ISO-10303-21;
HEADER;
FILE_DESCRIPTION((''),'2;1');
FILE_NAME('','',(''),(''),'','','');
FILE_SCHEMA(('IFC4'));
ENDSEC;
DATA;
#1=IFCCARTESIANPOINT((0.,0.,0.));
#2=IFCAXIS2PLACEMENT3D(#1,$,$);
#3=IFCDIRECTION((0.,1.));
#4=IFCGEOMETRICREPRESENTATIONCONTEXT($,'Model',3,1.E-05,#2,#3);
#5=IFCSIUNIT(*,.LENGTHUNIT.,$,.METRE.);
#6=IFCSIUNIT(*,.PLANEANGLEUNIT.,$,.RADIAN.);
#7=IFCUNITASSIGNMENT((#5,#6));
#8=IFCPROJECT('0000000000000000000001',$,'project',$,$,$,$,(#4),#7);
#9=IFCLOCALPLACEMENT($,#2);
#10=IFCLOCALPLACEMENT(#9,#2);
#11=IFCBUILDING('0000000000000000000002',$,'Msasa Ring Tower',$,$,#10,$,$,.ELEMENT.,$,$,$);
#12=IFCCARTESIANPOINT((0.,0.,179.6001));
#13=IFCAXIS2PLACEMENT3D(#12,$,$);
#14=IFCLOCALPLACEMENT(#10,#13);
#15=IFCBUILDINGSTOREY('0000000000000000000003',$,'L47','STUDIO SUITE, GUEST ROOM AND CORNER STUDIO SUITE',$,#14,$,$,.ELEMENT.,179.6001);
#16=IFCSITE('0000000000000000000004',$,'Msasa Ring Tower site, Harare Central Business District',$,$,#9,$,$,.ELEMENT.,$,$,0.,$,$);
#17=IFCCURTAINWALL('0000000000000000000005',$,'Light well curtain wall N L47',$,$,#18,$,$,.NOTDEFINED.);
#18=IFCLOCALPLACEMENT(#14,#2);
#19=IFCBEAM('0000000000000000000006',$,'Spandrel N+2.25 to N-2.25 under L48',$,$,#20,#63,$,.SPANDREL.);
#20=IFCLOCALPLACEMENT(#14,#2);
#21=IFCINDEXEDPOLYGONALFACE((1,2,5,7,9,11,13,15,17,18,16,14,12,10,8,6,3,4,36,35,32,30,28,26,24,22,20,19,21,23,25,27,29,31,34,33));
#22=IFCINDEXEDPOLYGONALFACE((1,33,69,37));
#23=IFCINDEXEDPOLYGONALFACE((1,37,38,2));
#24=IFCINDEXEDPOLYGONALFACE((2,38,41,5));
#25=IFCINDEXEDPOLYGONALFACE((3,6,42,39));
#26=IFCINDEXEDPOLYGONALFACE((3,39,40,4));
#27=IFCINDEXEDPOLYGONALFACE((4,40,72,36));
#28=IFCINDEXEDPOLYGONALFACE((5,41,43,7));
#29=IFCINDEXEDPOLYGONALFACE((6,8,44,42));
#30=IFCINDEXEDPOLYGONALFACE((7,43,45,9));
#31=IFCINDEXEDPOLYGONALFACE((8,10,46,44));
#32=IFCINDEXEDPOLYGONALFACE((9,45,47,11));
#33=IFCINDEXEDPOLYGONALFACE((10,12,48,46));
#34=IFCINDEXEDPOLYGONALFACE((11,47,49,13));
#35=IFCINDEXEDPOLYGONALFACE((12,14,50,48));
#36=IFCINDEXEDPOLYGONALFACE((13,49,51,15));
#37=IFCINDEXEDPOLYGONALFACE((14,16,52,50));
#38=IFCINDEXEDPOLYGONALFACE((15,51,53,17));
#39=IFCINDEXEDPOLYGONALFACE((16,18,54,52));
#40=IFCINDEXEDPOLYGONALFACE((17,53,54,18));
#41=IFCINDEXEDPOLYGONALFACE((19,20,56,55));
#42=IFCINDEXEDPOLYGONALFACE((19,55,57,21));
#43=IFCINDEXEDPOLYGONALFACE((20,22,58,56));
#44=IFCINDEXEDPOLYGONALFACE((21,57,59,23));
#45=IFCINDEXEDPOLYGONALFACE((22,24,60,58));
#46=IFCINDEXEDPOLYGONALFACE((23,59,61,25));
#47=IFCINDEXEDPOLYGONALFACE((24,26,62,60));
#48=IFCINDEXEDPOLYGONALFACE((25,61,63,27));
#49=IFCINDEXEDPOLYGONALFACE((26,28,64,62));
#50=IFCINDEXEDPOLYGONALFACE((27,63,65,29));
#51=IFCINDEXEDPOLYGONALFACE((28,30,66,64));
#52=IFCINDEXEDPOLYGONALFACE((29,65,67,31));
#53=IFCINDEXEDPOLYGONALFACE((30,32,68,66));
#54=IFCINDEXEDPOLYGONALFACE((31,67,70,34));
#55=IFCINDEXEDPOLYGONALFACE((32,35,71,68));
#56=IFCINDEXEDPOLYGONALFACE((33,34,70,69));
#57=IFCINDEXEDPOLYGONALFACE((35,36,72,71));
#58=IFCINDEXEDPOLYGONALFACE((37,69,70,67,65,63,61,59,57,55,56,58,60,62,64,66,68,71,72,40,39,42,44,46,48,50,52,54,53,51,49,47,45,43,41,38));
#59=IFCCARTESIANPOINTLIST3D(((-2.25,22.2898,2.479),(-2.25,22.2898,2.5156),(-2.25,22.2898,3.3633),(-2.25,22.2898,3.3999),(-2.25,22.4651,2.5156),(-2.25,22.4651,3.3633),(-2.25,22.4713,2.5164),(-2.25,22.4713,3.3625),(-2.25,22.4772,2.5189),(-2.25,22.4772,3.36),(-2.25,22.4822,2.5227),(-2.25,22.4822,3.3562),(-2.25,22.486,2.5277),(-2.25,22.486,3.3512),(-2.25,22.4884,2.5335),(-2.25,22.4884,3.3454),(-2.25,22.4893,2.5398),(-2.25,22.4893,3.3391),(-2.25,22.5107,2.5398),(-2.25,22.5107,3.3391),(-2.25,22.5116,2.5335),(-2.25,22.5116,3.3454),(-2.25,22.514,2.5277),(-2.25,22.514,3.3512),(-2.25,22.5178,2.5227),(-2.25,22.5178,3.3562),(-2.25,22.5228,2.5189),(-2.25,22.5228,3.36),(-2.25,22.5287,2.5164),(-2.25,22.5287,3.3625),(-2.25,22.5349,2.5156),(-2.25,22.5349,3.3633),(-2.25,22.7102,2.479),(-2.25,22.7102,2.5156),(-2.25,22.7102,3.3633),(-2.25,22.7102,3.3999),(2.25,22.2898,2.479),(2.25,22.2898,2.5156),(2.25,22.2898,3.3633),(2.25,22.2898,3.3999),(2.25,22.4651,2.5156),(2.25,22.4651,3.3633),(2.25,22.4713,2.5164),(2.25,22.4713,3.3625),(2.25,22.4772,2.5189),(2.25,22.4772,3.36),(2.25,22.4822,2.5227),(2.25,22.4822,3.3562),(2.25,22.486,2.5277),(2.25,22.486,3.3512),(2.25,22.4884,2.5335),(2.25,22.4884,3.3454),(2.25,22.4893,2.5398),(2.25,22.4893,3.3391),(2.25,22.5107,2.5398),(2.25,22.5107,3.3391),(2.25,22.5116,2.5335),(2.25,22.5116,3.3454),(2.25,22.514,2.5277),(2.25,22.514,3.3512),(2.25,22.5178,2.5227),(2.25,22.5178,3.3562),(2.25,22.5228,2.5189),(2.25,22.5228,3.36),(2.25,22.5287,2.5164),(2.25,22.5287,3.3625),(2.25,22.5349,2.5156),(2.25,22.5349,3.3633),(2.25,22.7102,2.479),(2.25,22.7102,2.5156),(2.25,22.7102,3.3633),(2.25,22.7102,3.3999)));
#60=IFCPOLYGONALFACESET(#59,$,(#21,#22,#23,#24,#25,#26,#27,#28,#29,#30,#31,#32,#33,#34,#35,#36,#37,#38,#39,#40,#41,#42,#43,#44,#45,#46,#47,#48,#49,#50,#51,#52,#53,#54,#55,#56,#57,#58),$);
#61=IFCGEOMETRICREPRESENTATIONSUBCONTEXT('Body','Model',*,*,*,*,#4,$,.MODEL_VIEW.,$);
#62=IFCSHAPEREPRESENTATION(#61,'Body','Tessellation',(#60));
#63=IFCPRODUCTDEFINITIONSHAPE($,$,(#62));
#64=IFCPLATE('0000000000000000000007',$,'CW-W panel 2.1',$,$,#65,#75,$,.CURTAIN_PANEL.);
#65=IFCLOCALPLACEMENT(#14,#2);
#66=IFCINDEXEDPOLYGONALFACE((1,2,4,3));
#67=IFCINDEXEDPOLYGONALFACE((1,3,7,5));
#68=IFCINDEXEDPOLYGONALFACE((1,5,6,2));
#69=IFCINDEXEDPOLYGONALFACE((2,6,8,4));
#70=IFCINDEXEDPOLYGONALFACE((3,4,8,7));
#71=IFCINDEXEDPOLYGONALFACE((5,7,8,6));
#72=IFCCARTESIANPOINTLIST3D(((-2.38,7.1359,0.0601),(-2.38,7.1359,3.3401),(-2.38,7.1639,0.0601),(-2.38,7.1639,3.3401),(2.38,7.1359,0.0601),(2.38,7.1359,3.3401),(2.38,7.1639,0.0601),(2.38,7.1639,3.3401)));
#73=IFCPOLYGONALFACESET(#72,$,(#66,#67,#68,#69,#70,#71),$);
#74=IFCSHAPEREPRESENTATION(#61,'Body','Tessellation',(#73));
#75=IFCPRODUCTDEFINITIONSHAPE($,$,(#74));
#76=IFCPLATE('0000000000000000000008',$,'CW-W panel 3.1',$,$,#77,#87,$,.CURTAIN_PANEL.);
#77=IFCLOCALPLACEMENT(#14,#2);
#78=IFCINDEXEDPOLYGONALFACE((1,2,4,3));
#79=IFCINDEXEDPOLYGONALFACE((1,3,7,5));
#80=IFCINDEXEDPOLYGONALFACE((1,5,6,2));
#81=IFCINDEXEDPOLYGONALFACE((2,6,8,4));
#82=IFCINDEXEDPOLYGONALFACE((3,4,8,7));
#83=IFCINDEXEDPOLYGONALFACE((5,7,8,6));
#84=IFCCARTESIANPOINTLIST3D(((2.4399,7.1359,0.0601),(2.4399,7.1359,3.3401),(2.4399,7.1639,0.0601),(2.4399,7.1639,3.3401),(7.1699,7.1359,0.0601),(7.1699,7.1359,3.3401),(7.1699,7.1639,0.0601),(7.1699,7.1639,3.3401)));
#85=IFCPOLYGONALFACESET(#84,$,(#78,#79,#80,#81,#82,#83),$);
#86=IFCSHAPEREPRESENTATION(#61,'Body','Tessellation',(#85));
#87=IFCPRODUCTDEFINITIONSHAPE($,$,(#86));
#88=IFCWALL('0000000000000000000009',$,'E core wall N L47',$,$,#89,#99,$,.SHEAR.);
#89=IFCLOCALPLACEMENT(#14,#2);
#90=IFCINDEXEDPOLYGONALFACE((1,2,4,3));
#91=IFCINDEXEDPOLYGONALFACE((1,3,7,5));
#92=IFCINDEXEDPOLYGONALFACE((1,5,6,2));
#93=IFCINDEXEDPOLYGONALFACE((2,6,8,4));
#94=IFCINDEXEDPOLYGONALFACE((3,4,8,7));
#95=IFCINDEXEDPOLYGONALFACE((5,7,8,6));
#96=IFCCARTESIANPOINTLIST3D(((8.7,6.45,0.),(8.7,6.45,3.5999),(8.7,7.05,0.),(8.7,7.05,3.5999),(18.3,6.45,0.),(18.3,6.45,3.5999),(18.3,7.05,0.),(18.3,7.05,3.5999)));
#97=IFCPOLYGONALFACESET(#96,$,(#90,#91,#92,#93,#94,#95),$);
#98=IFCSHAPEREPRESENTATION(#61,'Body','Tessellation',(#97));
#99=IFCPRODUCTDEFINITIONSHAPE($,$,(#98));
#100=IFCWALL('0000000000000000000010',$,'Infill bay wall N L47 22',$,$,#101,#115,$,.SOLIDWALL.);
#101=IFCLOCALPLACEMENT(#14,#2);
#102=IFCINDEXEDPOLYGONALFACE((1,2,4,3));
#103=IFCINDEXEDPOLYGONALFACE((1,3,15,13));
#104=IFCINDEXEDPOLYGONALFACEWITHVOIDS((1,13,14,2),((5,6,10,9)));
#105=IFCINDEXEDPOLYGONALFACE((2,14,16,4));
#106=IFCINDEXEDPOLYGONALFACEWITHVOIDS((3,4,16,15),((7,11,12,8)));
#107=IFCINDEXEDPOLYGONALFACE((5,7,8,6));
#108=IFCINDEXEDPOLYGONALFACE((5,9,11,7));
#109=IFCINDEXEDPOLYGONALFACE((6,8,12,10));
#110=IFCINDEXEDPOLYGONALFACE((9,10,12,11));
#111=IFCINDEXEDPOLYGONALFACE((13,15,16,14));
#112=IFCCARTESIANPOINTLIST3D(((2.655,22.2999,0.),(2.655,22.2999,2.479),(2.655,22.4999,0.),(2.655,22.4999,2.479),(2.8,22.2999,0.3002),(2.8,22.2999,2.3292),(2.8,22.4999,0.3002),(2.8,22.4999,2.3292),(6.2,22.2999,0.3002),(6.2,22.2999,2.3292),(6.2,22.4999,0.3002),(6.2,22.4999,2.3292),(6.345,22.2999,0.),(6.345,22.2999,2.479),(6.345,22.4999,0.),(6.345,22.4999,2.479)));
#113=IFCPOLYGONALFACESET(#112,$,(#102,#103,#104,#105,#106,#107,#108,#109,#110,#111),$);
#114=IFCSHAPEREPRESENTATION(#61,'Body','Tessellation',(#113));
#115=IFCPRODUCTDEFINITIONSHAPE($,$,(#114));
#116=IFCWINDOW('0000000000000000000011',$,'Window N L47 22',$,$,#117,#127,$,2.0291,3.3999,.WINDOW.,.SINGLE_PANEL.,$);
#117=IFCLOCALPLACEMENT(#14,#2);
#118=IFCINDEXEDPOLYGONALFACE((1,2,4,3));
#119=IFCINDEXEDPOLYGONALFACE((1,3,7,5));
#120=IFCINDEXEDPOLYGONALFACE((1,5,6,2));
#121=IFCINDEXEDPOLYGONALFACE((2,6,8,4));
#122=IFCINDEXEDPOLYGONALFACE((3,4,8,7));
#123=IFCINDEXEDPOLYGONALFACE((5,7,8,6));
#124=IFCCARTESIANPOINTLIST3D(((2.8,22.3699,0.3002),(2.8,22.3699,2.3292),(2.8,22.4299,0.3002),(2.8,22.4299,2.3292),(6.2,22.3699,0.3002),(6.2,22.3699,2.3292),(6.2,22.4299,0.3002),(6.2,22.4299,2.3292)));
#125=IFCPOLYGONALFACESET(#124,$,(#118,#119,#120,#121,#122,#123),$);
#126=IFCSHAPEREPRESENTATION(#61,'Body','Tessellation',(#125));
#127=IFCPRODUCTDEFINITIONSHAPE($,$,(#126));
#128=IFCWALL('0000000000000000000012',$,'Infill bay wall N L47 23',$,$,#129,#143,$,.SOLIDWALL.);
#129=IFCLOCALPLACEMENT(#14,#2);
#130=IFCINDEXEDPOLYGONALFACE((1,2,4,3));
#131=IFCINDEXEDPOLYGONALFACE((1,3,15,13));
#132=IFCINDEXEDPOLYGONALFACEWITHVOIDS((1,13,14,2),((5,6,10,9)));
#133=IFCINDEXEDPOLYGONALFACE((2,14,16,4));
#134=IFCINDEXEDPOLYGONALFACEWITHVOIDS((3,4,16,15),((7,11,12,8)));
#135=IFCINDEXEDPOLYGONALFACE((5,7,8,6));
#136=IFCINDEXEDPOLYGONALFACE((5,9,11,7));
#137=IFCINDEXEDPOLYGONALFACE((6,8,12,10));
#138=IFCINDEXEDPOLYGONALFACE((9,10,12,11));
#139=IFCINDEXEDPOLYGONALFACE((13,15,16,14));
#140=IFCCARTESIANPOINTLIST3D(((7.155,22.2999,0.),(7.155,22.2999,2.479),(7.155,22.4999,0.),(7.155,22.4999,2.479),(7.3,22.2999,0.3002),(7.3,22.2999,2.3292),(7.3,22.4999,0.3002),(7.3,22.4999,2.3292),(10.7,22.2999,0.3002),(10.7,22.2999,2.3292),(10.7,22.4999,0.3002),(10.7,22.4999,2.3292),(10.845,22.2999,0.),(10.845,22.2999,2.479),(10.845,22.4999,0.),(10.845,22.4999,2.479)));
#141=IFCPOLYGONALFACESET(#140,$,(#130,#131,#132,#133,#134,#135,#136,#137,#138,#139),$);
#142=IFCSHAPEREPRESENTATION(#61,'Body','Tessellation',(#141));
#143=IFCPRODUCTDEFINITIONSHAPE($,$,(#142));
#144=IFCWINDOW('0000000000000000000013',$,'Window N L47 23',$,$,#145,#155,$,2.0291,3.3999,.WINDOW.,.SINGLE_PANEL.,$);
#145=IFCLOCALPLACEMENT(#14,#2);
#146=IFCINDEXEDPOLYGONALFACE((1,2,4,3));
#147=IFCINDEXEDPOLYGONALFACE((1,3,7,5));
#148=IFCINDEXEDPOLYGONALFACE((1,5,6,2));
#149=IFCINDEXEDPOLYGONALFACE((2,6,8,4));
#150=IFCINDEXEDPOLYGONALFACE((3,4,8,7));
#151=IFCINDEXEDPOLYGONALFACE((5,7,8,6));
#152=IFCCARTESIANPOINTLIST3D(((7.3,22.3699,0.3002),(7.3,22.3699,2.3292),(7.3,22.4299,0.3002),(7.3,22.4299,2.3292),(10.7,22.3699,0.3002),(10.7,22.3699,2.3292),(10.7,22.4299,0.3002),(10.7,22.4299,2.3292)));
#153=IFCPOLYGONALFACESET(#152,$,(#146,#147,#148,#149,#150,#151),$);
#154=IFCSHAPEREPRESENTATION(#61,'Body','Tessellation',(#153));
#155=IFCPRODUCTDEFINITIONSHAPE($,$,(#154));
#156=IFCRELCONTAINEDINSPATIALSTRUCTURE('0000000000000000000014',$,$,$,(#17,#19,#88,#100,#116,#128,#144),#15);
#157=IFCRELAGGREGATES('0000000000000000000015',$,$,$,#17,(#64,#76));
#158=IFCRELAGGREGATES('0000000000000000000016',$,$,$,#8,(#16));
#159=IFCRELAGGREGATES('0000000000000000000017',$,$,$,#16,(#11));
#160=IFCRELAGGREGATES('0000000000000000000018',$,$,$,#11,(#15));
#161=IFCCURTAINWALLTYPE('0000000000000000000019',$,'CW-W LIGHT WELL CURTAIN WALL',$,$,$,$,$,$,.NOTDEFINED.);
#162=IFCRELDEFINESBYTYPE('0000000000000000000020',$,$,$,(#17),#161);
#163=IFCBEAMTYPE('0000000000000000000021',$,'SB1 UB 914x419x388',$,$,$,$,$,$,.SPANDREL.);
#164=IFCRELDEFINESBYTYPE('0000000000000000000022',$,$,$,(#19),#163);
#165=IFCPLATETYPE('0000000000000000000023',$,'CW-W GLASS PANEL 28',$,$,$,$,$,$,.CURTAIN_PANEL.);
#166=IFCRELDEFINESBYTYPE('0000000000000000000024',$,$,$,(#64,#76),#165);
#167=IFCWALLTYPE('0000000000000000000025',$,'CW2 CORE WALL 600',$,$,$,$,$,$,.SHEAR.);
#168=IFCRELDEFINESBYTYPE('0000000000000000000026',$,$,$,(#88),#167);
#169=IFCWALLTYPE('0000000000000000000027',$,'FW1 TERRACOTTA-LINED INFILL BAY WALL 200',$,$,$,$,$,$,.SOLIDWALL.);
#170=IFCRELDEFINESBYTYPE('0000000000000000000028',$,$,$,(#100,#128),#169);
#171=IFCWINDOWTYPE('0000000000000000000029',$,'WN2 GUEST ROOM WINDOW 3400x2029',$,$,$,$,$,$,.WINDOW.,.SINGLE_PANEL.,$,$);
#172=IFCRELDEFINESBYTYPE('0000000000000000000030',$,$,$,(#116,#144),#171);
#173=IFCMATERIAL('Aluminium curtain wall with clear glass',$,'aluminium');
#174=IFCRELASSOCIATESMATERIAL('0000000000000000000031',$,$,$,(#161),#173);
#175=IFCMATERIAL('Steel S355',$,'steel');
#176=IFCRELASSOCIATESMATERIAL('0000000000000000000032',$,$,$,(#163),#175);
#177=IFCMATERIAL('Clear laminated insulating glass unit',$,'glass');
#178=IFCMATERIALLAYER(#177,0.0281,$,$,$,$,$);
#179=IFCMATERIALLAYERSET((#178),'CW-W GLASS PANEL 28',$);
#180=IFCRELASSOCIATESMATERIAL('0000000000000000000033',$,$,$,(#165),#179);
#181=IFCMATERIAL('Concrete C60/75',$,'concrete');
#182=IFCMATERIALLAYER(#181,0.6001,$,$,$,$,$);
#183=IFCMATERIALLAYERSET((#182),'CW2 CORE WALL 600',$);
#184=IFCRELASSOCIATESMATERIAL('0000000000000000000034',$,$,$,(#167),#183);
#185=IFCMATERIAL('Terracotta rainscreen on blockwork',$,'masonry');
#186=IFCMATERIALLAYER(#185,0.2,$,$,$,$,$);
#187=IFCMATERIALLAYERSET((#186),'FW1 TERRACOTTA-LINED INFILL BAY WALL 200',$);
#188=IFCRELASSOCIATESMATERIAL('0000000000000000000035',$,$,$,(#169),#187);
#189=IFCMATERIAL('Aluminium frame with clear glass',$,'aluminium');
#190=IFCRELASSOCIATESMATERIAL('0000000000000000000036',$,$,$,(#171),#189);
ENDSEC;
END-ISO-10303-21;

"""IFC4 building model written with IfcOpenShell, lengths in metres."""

from ifc_helpers import new_model, si_unit, direction, frame, frame_2d, origin, origin_2d, place, context, subcontext, project, spatial, rectangle, i_section, extrude, material, layer, layer_set, material_profile, profile_set, type_object, element, fill, aggregate, save


model = new_model("IFC4")

# Units and contexts
model_context = context("Model", 3, precision=1e-05, world=origin(), true_north=direction((0.0, 1.0)))
body_context = subcontext(model_context, "Body", "Model", "MODEL_VIEW")
ifc_project = project(units=[si_unit("LENGTHUNIT", "METRE"), si_unit("PLANEANGLEUNIT", "RADIAN")], contexts=[model_context])

# Site, building, storey
site_placement = place(None, origin())
site = spatial("IfcSite", under=ifc_project, at=site_placement, Name="Msasa Ring Tower site, Harare Central Business District", CompositionType="ELEMENT", RefElevation=0.0)
building_placement = place(site_placement, origin())
building = spatial("IfcBuilding", under=site, at=building_placement, Name="Msasa Ring Tower", CompositionType="ELEMENT")
storey_placement = place(building_placement, frame((0.0, 0.0, 179.6001)))
storey = spatial("IfcBuildingStorey", under=building, at=storey_placement, Name="L47", Description="STUDIO SUITE, GUEST ROOM AND CORNER STUDIO SUITE", CompositionType="ELEMENT", Elevation=179.6001)

# Curtain wall
ifc_material_1 = material(Name="Aluminium curtain wall with clear glass", Category="aluminium")
curtain_wall_type = type_object("IfcCurtainWallType", Name="CW-W LIGHT WELL CURTAIN WALL", PredefinedType="NOTDEFINED", material=ifc_material_1)
curtain_wall_1_placement = place(storey_placement, origin())
curtain_wall_1 = element("IfcCurtainWall", 1, at=curtain_wall_1_placement, inside=storey, type_object=curtain_wall_type, Name="Light well curtain wall N L47", PredefinedType="NOTDEFINED")

# Beam
ifc_material_2 = material(Name="Steel S355", Category="steel")
ifc_material_profile_1 = material_profile(ifc_material_2, i_section(OverallWidth=0.4204, OverallDepth=0.9209, WebThickness=0.0215, FlangeThickness=0.0366, FilletRadius=0.0242, at=origin_2d()), Name="UB 914x419x388")
ifc_profile_set_1 = profile_set([ifc_material_profile_1], Name="Steel S355")
beam_type_1 = type_object("IfcBeamType", Name="SB1 UB 914x419x388", PredefinedType="SPANDREL", material=ifc_profile_set_1)
for number, where, z_axis, x_axis, name in (
    (2, (2.25, 22.5, 2.9395), (-1.0, 0.0, 0.0), (0.0, -1.0, 0.0), "Spandrel N+2.25 to N-2.25 under L48"),
):
    element("IfcBeam", number, at=place(storey_placement, frame(where, z_axis=z_axis, x_axis=x_axis)), inside=storey, type_object=beam_type_1, Name=name, PredefinedType="SPANDREL", context=body_context, shape_type="SweptSolid", body=[
        extrude(i_section(OverallWidth=0.4204, OverallDepth=0.9209, WebThickness=0.0215, FlangeThickness=0.0366, FilletRadius=0.0242, at=origin_2d()), origin(), (0.0, 0.0, 1.0), 4.5),
    ])

# Plates
ifc_material_3 = material(Name="Clear laminated insulating glass unit", Category="glass")
ifc_layer_1 = layer(ifc_material_3, 0.0281)
ifc_layer_set_1 = layer_set([ifc_layer_1], Name="CW-W GLASS PANEL 28")
plate_type = type_object("IfcPlateType", Name="CW-W GLASS PANEL 28", PredefinedType="CURTAIN_PANEL", material=ifc_layer_set_1)
plate_1_placement = place(storey_placement, frame((0.0, 7.1499, 0.0601), z_axis=(0.0, 0.0, 1.0), x_axis=(1.0, 0.0, 0.0)))
plate_1 = element("IfcPlate", 3, at=plate_1_placement, type_object=plate_type, Name="CW-W panel 2.1", PredefinedType="CURTAIN_PANEL", context=body_context, shape_type="SweptSolid", body=[
    extrude(rectangle(XDim=4.76, YDim=0.0281, at=origin_2d()), origin(), (0.0, 0.0, 1.0), 3.28),
])
plate_2_placement = place(storey_placement, frame((4.8049, 7.1499, 0.0601), z_axis=(0.0, 0.0, 1.0), x_axis=(1.0, 0.0, 0.0)))
plate_2 = element("IfcPlate", 4, at=plate_2_placement, type_object=plate_type, Name="CW-W panel 3.1", PredefinedType="CURTAIN_PANEL", context=body_context, shape_type="SweptSolid", body=[
    extrude(rectangle(XDim=4.73, YDim=0.0281, at=origin_2d()), origin(), (0.0, 0.0, 1.0), 3.28),
])
aggregate(curtain_wall_1, [plate_1, plate_2])

# Wall
ifc_material_4 = material(Name="Concrete C60/75", Category="concrete")
ifc_layer_2 = layer(ifc_material_4, 0.6001)
ifc_layer_set_2 = layer_set([ifc_layer_2], Name="CW2 CORE WALL 600")
wall_type_1 = type_object("IfcWallType", Name="CW2 CORE WALL 600", PredefinedType="SHEAR", material=ifc_layer_set_2)
wall_1_placement = place(storey_placement, frame((8.7, 6.75, 0.0), z_axis=(0.0, 0.0, 1.0), x_axis=(1.0, 0.0, 0.0)))
element("IfcWall", 5, at=wall_1_placement, inside=storey, type_object=wall_type_1, Name="E core wall N L47", PredefinedType="SHEAR", context=body_context, shape_type="SweptSolid", body=[
    extrude(rectangle(XDim=9.6001, YDim=0.6001, at=frame_2d((4.8, 0.0))), origin(), (0.0, 0.0, 1.0), 3.5999),
])

# Walls, openings, windows
ifc_material_5 = material(Name="Terracotta rainscreen on blockwork", Category="masonry")
ifc_layer_3 = layer(ifc_material_5, 0.2)
ifc_layer_set_3 = layer_set([ifc_layer_3], Name="FW1 TERRACOTTA-LINED INFILL BAY WALL 200")
wall_type_2 = type_object("IfcWallType", Name="FW1 TERRACOTTA-LINED INFILL BAY WALL 200", PredefinedType="SOLIDWALL", material=ifc_layer_set_3)
wall_2_placement = place(storey_placement, frame((2.655, 22.3999, 0.0), z_axis=(0.0, 0.0, 1.0), x_axis=(1.0, 0.0, 0.0)))
wall_2 = element("IfcWall", 6, at=wall_2_placement, inside=storey, type_object=wall_type_2, Name="Infill bay wall N L47 22", PredefinedType="SOLIDWALL", context=body_context, shape_type="SweptSolid", body=[
    extrude(rectangle(XDim=3.6899, YDim=0.2, at=frame_2d((1.845, 0.0))), origin(), (0.0, 0.0, 1.0), 2.479),
])
opening_1_placement = place(wall_2_placement, frame((0.145, 0.0, 0.3)))
opening_1 = element("IfcOpeningElement", 7, at=opening_1_placement, cuts=wall_2, PredefinedType="OPENING", context=body_context, shape_type="SweptSolid", body=[
    extrude(rectangle(XDim=3.3999, YDim=2.0291, at=frame_2d((1.7, 1.0146))), frame((0.0, 0.1099, 0.0), z_axis=(0.0, -1.0, 0.0), x_axis=(1.0, 0.0, 0.0)), (0.0, 0.0, 1.0), 0.22),
])
ifc_material_6 = material(Name="Aluminium frame with clear glass", Category="aluminium")
window_type = type_object("IfcWindowType", Name="WN2 GUEST ROOM WINDOW 3400x2029", PartitioningType="SINGLE_PANEL", PredefinedType="WINDOW", material=ifc_material_6)
window_1_placement = place(opening_1_placement, origin())
window_1 = element("IfcWindow", 8, at=window_1_placement, inside=storey, type_object=window_type, Name="Window N L47 22", OverallHeight=2.0291, OverallWidth=3.3999, PartitioningType="SINGLE_PANEL", PredefinedType="WINDOW", context=body_context, shape_type="SweptSolid", body=[
    extrude(rectangle(XDim=3.3999, YDim=2.0291, at=frame_2d((1.7, 1.0146))), frame((0.0, 0.03, 0.0), z_axis=(0.0, -1.0, 0.0), x_axis=(1.0, 0.0, 0.0)), (0.0, 0.0, 1.0), 0.0601),
])
fill(opening_1, window_1)
wall_3_placement = place(storey_placement, frame((7.155, 22.3999, 0.0), z_axis=(0.0, 0.0, 1.0), x_axis=(1.0, 0.0, 0.0)))
wall_3 = element("IfcWall", 9, at=wall_3_placement, inside=storey, type_object=wall_type_2, Name="Infill bay wall N L47 23", PredefinedType="SOLIDWALL", context=body_context, shape_type="SweptSolid", body=[
    extrude(rectangle(XDim=3.6899, YDim=0.2, at=frame_2d((1.845, 0.0))), origin(), (0.0, 0.0, 1.0), 2.479),
])
opening_2_placement = place(wall_3_placement, frame((0.145, 0.0, 0.3)))
opening_2 = element("IfcOpeningElement", 10, at=opening_2_placement, cuts=wall_3, PredefinedType="OPENING", context=body_context, shape_type="SweptSolid", body=[
    extrude(rectangle(XDim=3.3999, YDim=2.0291, at=frame_2d((1.7, 1.0146))), frame((0.0, 0.1099, 0.0), z_axis=(0.0, -1.0, 0.0), x_axis=(1.0, 0.0, 0.0)), (0.0, 0.0, 1.0), 0.22),
])
window_2_placement = place(opening_2_placement, origin())
window_2 = element("IfcWindow", 11, at=window_2_placement, inside=storey, type_object=window_type, Name="Window N L47 23", OverallHeight=2.0291, OverallWidth=3.3999, PartitioningType="SINGLE_PANEL", PredefinedType="WINDOW", context=body_context, shape_type="SweptSolid", body=[
    extrude(rectangle(XDim=3.3999, YDim=2.0291, at=frame_2d((1.7, 1.0146))), frame((0.0, 0.03, 0.0), z_axis=(0.0, -1.0, 0.0), x_axis=(1.0, 0.0, 0.0)), (0.0, 0.0, 1.0), 0.0601),
])
fill(opening_2, window_2)

save(model, "model.ifc")
